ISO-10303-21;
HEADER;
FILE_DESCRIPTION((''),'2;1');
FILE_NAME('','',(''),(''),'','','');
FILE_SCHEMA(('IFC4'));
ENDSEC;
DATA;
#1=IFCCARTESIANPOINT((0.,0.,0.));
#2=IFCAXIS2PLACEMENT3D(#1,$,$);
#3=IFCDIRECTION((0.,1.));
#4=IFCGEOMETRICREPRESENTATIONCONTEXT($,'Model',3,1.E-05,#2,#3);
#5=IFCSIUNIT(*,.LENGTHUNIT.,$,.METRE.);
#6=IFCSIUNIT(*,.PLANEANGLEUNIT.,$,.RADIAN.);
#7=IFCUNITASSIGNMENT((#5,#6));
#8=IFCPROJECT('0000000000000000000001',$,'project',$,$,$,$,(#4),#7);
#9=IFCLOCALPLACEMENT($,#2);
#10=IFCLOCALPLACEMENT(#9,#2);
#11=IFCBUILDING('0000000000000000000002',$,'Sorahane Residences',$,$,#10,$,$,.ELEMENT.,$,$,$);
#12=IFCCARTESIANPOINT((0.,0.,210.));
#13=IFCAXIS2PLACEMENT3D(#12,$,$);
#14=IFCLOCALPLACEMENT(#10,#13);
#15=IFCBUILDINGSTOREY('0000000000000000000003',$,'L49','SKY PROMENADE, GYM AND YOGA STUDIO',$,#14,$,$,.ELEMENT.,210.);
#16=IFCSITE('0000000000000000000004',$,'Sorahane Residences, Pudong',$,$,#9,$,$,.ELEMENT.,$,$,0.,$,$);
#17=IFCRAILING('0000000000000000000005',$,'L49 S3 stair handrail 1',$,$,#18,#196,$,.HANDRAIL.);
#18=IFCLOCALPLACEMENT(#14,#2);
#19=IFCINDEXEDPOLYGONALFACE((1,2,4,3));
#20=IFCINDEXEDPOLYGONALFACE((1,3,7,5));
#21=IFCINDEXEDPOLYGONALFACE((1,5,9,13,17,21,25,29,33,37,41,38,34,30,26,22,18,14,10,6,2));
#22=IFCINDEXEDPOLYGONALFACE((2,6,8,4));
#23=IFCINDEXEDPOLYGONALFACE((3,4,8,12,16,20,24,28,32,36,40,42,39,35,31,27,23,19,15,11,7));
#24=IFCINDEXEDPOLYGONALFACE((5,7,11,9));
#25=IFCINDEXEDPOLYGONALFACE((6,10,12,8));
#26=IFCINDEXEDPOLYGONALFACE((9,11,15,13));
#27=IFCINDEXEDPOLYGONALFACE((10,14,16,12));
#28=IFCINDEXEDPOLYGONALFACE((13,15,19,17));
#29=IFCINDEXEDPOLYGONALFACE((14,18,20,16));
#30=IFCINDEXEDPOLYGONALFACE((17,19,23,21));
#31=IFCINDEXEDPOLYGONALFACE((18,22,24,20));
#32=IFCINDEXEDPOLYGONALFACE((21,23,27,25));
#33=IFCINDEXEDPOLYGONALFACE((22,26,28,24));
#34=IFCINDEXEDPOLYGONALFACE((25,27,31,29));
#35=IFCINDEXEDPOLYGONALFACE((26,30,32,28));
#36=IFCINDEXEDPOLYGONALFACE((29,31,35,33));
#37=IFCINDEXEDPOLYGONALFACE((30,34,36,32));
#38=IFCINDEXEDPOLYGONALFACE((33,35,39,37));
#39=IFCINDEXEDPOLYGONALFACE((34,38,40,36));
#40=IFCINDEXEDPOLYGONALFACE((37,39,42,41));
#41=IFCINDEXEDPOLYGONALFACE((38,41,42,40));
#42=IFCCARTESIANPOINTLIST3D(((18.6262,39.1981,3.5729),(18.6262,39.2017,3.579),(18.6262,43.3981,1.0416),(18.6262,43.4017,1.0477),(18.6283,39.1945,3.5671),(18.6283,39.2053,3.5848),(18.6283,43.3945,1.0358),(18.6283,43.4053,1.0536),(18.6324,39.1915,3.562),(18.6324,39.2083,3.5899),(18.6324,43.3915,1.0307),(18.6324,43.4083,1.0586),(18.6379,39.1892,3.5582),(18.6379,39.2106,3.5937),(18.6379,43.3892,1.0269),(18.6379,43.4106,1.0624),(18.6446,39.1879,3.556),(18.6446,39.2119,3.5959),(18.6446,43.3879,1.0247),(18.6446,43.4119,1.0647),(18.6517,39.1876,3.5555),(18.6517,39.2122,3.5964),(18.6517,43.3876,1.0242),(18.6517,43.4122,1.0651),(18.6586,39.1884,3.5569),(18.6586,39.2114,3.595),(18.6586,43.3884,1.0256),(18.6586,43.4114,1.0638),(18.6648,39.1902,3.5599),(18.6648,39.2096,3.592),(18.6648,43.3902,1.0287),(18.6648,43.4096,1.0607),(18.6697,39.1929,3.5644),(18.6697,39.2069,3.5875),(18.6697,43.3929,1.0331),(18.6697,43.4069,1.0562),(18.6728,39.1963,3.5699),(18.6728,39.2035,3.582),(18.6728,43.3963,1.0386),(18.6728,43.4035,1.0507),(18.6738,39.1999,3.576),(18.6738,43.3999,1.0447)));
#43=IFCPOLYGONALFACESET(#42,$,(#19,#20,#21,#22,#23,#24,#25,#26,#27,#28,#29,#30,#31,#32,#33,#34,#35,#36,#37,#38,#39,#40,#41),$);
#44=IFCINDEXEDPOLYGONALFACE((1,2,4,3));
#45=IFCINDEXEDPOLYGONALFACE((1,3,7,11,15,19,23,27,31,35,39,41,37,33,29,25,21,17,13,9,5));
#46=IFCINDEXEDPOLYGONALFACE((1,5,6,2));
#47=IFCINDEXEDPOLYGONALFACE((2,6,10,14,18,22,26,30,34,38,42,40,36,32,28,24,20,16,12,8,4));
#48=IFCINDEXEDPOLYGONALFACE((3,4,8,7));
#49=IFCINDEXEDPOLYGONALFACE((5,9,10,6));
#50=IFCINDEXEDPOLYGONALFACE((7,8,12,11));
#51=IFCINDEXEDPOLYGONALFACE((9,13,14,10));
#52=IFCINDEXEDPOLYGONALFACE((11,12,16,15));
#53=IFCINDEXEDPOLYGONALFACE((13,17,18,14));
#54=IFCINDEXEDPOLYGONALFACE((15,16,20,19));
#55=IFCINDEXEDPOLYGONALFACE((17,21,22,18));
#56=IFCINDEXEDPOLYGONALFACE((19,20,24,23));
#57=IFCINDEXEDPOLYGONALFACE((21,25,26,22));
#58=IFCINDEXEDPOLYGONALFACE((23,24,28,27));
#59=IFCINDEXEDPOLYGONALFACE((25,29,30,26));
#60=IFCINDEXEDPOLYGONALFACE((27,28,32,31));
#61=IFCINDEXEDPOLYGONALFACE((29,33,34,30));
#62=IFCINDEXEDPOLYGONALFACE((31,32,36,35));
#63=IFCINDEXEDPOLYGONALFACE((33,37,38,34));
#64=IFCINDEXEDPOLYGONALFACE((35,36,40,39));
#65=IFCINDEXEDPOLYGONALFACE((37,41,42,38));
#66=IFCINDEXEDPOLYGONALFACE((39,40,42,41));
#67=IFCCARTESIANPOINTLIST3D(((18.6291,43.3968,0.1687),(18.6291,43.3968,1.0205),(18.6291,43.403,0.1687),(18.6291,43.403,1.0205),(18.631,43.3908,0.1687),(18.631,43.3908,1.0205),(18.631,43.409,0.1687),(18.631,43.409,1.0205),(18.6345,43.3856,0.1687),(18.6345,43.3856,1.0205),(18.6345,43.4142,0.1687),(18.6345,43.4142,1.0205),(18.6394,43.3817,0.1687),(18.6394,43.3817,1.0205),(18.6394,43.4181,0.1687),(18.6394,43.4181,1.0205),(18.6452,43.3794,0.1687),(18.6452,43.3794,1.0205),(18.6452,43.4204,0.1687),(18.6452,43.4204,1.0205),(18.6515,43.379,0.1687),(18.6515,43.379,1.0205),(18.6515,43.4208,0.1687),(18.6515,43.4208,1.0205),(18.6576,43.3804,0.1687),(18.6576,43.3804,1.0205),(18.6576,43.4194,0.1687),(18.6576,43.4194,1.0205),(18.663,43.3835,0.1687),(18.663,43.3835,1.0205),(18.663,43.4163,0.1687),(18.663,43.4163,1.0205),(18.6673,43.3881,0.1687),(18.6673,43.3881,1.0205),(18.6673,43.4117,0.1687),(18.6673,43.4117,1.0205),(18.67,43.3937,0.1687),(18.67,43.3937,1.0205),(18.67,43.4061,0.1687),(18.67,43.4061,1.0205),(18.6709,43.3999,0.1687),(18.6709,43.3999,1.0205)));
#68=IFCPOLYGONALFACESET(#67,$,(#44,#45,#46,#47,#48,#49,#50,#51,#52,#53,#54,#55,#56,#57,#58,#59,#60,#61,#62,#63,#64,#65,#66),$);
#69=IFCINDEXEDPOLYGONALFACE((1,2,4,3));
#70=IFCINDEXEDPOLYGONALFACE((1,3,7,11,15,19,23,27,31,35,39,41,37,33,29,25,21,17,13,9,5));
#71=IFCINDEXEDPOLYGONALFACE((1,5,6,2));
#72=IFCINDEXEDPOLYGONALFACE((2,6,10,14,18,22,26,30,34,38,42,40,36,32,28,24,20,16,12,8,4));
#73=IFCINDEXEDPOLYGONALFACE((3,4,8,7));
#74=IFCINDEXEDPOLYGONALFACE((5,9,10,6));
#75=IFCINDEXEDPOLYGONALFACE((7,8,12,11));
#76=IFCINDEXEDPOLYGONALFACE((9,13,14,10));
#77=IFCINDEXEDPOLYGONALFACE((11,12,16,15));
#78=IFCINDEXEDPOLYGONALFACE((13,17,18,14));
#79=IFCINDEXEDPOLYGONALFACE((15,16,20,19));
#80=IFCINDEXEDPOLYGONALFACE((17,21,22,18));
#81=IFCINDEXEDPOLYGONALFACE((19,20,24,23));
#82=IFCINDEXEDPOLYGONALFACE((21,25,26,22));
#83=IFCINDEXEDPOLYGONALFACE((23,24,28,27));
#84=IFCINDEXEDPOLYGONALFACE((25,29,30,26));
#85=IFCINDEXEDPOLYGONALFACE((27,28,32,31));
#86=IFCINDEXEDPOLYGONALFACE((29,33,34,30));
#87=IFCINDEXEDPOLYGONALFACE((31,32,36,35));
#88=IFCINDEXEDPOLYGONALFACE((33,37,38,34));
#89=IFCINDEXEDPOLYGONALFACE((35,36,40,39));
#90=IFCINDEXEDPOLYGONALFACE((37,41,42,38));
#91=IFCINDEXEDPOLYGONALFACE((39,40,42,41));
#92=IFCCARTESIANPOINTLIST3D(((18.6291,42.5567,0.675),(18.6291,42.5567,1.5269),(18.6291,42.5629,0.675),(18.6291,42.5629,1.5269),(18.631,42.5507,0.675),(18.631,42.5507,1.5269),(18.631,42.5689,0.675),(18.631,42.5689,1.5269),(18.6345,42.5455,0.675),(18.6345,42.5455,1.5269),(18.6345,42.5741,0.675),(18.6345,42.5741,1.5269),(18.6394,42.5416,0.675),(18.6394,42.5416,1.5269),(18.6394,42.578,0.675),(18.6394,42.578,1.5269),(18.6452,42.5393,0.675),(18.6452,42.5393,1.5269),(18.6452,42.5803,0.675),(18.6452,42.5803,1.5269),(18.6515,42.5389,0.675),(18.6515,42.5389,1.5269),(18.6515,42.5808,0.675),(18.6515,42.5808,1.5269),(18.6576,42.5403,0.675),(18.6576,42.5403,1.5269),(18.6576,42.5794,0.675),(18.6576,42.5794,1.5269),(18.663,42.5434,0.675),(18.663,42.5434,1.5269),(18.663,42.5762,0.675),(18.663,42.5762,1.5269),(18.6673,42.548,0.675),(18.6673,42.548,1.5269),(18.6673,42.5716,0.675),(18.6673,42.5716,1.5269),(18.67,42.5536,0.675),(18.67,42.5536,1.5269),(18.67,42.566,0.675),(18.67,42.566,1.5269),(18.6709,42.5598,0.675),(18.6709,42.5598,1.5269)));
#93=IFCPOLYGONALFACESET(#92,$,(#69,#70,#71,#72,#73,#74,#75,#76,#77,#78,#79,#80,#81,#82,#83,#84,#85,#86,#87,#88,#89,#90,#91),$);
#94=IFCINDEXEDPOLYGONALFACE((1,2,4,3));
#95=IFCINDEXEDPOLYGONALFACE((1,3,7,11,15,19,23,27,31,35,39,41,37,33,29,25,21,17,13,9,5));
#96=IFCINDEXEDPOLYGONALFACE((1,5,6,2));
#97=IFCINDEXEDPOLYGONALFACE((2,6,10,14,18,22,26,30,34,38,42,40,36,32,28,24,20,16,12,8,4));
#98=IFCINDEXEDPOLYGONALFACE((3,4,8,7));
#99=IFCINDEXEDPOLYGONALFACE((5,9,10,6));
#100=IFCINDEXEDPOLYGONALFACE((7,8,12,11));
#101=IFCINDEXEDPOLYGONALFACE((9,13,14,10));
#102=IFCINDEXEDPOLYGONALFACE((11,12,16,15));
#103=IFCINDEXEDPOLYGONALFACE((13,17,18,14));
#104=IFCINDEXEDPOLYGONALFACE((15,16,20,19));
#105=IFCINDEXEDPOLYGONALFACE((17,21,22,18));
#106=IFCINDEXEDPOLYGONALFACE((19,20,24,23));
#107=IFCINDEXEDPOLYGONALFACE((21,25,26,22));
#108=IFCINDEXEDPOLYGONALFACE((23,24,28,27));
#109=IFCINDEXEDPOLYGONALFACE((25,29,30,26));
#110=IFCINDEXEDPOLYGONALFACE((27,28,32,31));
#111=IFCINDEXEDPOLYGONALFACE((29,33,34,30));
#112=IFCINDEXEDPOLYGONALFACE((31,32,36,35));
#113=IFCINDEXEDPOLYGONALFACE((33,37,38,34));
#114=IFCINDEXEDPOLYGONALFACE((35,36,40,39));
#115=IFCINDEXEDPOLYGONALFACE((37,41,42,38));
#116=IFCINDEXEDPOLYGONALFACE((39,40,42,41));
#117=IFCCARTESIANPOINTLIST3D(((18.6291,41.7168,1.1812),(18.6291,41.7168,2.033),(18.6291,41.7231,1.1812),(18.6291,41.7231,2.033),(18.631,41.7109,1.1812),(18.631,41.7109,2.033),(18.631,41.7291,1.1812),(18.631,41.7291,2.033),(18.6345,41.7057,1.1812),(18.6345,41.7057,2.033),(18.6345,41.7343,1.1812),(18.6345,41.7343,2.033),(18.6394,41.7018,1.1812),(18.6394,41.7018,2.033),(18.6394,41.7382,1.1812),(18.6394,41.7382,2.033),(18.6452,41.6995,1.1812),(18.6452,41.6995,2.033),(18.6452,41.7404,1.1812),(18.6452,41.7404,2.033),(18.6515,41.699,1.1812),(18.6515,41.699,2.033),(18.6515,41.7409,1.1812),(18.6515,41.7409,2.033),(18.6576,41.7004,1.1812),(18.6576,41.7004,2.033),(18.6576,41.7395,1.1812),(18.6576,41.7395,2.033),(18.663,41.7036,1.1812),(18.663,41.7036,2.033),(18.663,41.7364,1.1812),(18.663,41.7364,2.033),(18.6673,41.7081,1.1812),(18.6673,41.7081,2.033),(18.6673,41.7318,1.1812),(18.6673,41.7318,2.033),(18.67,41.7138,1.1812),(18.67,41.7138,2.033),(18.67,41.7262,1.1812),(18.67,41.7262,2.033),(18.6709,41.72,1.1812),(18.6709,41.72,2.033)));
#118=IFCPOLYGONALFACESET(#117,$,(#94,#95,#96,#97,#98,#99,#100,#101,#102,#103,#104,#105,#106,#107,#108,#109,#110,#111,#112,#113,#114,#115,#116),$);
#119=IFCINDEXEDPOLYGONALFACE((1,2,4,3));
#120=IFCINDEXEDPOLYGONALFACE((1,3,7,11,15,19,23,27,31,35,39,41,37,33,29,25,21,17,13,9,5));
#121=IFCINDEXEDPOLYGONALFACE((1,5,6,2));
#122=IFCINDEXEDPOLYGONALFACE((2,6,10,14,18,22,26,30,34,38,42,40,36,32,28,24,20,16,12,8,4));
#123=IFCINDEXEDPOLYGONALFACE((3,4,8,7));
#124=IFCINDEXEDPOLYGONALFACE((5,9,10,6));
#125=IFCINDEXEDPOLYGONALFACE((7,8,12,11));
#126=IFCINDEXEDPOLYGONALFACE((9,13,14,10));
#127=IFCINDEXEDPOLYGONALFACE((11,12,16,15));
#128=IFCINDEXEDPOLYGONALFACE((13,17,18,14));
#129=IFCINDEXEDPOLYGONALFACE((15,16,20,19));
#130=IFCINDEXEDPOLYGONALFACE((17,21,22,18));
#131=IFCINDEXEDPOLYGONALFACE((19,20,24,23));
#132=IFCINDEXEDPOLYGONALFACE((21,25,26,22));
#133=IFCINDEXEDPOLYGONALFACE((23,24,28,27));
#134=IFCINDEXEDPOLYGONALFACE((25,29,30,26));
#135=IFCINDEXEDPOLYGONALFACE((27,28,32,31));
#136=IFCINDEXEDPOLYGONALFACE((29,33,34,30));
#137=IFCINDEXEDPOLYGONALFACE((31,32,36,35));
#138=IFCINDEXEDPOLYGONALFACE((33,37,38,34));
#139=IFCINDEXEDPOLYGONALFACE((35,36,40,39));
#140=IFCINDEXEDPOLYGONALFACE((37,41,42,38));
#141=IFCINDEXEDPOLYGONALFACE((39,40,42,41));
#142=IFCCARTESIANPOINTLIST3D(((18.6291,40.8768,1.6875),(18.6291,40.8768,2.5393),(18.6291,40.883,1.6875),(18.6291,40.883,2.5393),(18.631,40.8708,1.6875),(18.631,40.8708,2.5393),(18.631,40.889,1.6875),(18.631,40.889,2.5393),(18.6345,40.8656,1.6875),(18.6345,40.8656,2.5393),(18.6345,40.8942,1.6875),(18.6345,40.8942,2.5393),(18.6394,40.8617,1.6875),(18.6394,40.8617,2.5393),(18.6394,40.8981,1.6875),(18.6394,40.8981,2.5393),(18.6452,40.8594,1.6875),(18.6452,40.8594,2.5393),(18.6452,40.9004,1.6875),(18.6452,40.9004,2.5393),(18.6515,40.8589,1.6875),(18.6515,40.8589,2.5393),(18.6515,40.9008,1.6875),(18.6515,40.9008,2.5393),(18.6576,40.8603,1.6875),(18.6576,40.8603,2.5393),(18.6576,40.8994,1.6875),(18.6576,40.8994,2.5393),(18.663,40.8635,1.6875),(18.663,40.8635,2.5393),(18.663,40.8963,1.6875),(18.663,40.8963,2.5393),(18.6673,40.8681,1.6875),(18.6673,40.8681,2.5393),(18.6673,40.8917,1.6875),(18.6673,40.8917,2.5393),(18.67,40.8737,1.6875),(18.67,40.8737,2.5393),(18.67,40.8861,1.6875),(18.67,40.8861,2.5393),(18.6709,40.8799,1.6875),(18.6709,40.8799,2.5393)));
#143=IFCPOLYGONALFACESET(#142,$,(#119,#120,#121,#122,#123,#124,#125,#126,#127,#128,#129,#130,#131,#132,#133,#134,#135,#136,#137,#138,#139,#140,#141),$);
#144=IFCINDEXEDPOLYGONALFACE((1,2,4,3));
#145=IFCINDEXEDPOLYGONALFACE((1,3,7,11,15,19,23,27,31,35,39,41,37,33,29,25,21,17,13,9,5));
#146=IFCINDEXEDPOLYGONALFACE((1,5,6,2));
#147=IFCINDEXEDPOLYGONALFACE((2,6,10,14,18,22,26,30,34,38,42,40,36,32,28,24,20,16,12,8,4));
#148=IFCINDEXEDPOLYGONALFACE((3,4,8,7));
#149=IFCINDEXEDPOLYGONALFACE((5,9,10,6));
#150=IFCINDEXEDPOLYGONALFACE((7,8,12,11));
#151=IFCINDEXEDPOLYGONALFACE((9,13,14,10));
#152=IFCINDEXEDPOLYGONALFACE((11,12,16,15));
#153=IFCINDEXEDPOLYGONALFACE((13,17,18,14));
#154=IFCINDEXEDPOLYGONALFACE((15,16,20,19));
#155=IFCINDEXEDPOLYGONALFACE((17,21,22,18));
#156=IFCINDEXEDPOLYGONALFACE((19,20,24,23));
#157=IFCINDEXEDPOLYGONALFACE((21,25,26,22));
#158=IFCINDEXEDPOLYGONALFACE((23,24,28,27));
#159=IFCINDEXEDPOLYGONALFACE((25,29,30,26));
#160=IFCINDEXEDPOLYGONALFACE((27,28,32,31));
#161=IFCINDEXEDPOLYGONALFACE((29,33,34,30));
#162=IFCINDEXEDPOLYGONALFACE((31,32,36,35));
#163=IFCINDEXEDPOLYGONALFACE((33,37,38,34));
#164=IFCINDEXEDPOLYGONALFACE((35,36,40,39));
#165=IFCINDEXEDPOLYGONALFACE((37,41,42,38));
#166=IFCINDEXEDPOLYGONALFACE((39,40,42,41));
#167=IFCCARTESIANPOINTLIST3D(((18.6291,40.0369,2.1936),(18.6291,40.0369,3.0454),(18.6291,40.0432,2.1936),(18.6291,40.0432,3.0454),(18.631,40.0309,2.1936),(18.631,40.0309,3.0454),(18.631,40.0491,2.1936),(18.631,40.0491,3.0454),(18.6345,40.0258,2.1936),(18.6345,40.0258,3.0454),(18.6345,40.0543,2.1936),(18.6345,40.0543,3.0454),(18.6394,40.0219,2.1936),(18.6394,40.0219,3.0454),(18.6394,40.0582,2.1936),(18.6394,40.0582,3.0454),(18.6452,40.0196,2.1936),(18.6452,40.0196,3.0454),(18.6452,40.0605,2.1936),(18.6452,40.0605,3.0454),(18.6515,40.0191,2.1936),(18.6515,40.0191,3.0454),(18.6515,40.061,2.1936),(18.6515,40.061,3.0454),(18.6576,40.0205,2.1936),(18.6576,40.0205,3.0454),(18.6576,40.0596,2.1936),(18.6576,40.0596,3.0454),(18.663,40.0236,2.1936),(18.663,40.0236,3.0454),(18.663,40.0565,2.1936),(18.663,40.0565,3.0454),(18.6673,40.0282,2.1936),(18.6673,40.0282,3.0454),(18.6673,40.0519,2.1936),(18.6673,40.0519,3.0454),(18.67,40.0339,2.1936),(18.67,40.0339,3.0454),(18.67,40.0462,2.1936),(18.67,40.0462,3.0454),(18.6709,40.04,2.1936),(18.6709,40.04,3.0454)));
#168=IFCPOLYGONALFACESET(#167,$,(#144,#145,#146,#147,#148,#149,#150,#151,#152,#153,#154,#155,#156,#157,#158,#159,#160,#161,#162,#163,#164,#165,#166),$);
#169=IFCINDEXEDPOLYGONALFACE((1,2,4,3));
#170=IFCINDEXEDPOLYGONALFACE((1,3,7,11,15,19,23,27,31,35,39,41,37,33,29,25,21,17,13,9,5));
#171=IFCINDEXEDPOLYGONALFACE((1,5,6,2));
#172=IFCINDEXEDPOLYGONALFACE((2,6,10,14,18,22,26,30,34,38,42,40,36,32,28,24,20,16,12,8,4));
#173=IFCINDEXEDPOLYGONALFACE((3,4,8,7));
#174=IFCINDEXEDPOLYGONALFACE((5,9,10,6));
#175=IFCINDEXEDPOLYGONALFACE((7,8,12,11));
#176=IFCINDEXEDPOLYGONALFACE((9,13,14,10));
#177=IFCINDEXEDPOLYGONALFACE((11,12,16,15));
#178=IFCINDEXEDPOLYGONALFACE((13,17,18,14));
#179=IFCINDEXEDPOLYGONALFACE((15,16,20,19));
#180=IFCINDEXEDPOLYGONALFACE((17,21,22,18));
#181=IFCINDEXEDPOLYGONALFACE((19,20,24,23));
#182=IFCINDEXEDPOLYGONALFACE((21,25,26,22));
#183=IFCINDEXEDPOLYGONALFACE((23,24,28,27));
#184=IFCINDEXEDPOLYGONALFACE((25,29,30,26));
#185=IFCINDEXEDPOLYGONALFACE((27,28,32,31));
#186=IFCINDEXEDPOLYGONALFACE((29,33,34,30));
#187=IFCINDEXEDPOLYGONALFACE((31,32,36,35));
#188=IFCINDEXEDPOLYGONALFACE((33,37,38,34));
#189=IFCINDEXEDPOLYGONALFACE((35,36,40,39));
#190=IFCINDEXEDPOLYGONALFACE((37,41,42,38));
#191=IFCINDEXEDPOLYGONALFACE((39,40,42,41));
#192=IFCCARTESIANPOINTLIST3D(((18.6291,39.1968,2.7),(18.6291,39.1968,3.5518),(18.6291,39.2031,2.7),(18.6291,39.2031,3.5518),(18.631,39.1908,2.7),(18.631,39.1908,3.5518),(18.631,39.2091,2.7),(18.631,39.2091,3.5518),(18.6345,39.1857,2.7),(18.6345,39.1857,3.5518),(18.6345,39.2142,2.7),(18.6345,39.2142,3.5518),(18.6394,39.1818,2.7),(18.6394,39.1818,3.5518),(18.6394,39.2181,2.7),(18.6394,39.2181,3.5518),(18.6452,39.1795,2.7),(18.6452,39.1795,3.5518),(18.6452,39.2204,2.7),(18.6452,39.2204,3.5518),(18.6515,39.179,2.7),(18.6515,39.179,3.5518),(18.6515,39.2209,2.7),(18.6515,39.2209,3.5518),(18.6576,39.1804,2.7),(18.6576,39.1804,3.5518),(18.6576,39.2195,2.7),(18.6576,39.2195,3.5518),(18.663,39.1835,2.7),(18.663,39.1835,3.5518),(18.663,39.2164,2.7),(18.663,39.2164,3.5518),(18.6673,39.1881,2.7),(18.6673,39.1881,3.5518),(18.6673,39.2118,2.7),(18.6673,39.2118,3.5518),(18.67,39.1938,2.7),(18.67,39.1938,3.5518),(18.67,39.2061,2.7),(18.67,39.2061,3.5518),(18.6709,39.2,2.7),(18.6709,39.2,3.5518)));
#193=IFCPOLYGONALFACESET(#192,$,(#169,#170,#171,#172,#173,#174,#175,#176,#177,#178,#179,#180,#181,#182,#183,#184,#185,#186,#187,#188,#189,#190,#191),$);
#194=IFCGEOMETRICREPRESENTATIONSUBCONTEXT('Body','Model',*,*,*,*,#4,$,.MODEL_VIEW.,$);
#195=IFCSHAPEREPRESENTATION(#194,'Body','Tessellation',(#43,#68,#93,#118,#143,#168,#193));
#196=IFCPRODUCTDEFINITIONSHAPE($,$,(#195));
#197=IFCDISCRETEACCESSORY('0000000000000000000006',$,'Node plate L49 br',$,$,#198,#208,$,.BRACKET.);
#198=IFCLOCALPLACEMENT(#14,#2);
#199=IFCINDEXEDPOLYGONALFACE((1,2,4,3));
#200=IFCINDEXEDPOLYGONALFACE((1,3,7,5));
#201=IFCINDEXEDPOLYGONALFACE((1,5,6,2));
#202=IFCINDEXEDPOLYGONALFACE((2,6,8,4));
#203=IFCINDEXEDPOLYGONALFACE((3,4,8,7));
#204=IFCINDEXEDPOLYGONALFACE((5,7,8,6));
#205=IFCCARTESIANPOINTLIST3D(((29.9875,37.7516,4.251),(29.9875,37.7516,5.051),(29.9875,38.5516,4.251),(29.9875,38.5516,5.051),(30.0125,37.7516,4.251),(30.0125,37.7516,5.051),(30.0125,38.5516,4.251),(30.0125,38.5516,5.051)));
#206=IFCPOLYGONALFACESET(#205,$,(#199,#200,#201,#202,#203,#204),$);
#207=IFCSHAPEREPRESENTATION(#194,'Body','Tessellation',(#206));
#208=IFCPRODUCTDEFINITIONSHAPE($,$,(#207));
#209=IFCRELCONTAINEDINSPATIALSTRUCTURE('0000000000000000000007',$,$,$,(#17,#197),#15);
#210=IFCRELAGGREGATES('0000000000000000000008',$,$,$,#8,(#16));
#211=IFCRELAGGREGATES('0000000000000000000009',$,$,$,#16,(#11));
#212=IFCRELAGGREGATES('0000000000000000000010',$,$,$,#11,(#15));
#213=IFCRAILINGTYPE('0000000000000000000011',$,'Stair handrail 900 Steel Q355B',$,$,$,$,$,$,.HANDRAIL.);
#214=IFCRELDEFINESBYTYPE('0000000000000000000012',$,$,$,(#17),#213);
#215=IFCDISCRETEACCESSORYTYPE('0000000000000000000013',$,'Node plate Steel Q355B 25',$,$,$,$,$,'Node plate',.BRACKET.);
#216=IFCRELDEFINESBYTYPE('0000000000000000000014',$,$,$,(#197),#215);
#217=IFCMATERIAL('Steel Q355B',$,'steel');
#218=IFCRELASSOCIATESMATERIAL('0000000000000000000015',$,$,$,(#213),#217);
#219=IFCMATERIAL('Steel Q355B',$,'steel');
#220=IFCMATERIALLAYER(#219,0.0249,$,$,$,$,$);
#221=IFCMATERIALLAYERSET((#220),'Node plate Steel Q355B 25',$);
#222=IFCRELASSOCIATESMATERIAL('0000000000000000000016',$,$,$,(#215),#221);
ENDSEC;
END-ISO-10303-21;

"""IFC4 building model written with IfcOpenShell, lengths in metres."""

from ifc_helpers import new_model, si_unit, direction, frame, origin, origin_2d, place, context, subcontext, project, spatial, rectangle, circle, extrude, material, layer, layer_set, type_object, element, save


model = new_model("IFC4")

# Units and contexts
model_context = context("Model", 3, precision=1e-05, world=origin(), true_north=direction((0.0, 1.0)))
body_context = subcontext(model_context, "Body", "Model", "MODEL_VIEW")
ifc_project = project(units=[si_unit("LENGTHUNIT", "METRE"), si_unit("PLANEANGLEUNIT", "RADIAN")], contexts=[model_context])

# Site, building, storey
site_placement = place(None, origin())
site = spatial("IfcSite", under=ifc_project, at=site_placement, Name="Sorahane Residences, Pudong", CompositionType="ELEMENT", RefElevation=0.0)
building_placement = place(site_placement, origin())
building = spatial("IfcBuilding", under=site, at=building_placement, Name="Sorahane Residences", CompositionType="ELEMENT")
storey_placement = place(building_placement, frame((0.0, 0.0, 210.0)))
storey = spatial("IfcBuildingStorey", under=building, at=storey_placement, Name="L49", Description="SKY PROMENADE, GYM AND YOGA STUDIO", CompositionType="ELEMENT", Elevation=210.0)

# Railing
ifc_material_1 = material(Name="Steel Q355B", Category="steel")
railing_type = type_object("IfcRailingType", Name="Stair handrail 900 Steel Q355B", PredefinedType="HANDRAIL", material=ifc_material_1)
railing_placement = place(storey_placement, frame((18.6499, 43.3999, 0.1687)))
element("IfcRailing", 1, at=railing_placement, inside=storey, type_object=railing_type, Name="L49 S3 stair handrail 1", PredefinedType="HANDRAIL", context=body_context, shape_type="SweptSolid", body=[
    extrude(circle(Radius=0.0239, at=origin_2d()), frame((0.0, 0.0, 0.876), z_axis=(0.0, -0.856476, 0.516186), x_axis=(1.0, 0.0, 0.0)), (0.0, 0.0, 1.0), 4.9038),
    extrude(circle(Radius=0.021, at=origin_2d()), origin(), (0.0, 0.0, 1.0), 0.8518),
    extrude(circle(Radius=0.021, at=origin_2d()), frame((0.0, -0.8401, 0.5063)), (0.0, 0.0, 1.0), 0.8518),
    extrude(circle(Radius=0.021, at=origin_2d()), frame((0.0, -1.6799, 1.0125)), (0.0, 0.0, 1.0), 0.8518),
    extrude(circle(Radius=0.021, at=origin_2d()), frame((0.0, -2.52, 1.5188)), (0.0, 0.0, 1.0), 0.8518),
    extrude(circle(Radius=0.021, at=origin_2d()), frame((0.0, -3.3599, 2.0249)), (0.0, 0.0, 1.0), 0.8518),
    extrude(circle(Radius=0.021, at=origin_2d()), frame((0.0, -4.2, 2.5312)), (0.0, 0.0, 1.0), 0.8518),
])

# Discrete accessory
ifc_material_2 = material(Name="Steel Q355B", Category="steel")
ifc_layer_1 = layer(ifc_material_2, 0.0249)
ifc_layer_set_1 = layer_set([ifc_layer_1], Name="Node plate Steel Q355B 25")
discrete_accessory_type = type_object("IfcDiscreteAccessoryType", Name="Node plate Steel Q355B 25", ElementType="Node plate", PredefinedType="BRACKET", material=ifc_layer_set_1)
discrete_accessory_placement = place(storey_placement, frame((30.0, 38.1516, 4.251), z_axis=(0.0, 0.0, 1.0), x_axis=(0.0, 1.0, 0.0)))
element("IfcDiscreteAccessory", 2, at=discrete_accessory_placement, inside=storey, type_object=discrete_accessory_type, Name="Node plate L49 br", PredefinedType="BRACKET", context=body_context, shape_type="SweptSolid", body=[
    extrude(rectangle(XDim=0.8, YDim=0.0249, at=origin_2d()), origin(), (0.0, 0.0, 1.0), 0.8),
])

save(model, "model.ifc")
